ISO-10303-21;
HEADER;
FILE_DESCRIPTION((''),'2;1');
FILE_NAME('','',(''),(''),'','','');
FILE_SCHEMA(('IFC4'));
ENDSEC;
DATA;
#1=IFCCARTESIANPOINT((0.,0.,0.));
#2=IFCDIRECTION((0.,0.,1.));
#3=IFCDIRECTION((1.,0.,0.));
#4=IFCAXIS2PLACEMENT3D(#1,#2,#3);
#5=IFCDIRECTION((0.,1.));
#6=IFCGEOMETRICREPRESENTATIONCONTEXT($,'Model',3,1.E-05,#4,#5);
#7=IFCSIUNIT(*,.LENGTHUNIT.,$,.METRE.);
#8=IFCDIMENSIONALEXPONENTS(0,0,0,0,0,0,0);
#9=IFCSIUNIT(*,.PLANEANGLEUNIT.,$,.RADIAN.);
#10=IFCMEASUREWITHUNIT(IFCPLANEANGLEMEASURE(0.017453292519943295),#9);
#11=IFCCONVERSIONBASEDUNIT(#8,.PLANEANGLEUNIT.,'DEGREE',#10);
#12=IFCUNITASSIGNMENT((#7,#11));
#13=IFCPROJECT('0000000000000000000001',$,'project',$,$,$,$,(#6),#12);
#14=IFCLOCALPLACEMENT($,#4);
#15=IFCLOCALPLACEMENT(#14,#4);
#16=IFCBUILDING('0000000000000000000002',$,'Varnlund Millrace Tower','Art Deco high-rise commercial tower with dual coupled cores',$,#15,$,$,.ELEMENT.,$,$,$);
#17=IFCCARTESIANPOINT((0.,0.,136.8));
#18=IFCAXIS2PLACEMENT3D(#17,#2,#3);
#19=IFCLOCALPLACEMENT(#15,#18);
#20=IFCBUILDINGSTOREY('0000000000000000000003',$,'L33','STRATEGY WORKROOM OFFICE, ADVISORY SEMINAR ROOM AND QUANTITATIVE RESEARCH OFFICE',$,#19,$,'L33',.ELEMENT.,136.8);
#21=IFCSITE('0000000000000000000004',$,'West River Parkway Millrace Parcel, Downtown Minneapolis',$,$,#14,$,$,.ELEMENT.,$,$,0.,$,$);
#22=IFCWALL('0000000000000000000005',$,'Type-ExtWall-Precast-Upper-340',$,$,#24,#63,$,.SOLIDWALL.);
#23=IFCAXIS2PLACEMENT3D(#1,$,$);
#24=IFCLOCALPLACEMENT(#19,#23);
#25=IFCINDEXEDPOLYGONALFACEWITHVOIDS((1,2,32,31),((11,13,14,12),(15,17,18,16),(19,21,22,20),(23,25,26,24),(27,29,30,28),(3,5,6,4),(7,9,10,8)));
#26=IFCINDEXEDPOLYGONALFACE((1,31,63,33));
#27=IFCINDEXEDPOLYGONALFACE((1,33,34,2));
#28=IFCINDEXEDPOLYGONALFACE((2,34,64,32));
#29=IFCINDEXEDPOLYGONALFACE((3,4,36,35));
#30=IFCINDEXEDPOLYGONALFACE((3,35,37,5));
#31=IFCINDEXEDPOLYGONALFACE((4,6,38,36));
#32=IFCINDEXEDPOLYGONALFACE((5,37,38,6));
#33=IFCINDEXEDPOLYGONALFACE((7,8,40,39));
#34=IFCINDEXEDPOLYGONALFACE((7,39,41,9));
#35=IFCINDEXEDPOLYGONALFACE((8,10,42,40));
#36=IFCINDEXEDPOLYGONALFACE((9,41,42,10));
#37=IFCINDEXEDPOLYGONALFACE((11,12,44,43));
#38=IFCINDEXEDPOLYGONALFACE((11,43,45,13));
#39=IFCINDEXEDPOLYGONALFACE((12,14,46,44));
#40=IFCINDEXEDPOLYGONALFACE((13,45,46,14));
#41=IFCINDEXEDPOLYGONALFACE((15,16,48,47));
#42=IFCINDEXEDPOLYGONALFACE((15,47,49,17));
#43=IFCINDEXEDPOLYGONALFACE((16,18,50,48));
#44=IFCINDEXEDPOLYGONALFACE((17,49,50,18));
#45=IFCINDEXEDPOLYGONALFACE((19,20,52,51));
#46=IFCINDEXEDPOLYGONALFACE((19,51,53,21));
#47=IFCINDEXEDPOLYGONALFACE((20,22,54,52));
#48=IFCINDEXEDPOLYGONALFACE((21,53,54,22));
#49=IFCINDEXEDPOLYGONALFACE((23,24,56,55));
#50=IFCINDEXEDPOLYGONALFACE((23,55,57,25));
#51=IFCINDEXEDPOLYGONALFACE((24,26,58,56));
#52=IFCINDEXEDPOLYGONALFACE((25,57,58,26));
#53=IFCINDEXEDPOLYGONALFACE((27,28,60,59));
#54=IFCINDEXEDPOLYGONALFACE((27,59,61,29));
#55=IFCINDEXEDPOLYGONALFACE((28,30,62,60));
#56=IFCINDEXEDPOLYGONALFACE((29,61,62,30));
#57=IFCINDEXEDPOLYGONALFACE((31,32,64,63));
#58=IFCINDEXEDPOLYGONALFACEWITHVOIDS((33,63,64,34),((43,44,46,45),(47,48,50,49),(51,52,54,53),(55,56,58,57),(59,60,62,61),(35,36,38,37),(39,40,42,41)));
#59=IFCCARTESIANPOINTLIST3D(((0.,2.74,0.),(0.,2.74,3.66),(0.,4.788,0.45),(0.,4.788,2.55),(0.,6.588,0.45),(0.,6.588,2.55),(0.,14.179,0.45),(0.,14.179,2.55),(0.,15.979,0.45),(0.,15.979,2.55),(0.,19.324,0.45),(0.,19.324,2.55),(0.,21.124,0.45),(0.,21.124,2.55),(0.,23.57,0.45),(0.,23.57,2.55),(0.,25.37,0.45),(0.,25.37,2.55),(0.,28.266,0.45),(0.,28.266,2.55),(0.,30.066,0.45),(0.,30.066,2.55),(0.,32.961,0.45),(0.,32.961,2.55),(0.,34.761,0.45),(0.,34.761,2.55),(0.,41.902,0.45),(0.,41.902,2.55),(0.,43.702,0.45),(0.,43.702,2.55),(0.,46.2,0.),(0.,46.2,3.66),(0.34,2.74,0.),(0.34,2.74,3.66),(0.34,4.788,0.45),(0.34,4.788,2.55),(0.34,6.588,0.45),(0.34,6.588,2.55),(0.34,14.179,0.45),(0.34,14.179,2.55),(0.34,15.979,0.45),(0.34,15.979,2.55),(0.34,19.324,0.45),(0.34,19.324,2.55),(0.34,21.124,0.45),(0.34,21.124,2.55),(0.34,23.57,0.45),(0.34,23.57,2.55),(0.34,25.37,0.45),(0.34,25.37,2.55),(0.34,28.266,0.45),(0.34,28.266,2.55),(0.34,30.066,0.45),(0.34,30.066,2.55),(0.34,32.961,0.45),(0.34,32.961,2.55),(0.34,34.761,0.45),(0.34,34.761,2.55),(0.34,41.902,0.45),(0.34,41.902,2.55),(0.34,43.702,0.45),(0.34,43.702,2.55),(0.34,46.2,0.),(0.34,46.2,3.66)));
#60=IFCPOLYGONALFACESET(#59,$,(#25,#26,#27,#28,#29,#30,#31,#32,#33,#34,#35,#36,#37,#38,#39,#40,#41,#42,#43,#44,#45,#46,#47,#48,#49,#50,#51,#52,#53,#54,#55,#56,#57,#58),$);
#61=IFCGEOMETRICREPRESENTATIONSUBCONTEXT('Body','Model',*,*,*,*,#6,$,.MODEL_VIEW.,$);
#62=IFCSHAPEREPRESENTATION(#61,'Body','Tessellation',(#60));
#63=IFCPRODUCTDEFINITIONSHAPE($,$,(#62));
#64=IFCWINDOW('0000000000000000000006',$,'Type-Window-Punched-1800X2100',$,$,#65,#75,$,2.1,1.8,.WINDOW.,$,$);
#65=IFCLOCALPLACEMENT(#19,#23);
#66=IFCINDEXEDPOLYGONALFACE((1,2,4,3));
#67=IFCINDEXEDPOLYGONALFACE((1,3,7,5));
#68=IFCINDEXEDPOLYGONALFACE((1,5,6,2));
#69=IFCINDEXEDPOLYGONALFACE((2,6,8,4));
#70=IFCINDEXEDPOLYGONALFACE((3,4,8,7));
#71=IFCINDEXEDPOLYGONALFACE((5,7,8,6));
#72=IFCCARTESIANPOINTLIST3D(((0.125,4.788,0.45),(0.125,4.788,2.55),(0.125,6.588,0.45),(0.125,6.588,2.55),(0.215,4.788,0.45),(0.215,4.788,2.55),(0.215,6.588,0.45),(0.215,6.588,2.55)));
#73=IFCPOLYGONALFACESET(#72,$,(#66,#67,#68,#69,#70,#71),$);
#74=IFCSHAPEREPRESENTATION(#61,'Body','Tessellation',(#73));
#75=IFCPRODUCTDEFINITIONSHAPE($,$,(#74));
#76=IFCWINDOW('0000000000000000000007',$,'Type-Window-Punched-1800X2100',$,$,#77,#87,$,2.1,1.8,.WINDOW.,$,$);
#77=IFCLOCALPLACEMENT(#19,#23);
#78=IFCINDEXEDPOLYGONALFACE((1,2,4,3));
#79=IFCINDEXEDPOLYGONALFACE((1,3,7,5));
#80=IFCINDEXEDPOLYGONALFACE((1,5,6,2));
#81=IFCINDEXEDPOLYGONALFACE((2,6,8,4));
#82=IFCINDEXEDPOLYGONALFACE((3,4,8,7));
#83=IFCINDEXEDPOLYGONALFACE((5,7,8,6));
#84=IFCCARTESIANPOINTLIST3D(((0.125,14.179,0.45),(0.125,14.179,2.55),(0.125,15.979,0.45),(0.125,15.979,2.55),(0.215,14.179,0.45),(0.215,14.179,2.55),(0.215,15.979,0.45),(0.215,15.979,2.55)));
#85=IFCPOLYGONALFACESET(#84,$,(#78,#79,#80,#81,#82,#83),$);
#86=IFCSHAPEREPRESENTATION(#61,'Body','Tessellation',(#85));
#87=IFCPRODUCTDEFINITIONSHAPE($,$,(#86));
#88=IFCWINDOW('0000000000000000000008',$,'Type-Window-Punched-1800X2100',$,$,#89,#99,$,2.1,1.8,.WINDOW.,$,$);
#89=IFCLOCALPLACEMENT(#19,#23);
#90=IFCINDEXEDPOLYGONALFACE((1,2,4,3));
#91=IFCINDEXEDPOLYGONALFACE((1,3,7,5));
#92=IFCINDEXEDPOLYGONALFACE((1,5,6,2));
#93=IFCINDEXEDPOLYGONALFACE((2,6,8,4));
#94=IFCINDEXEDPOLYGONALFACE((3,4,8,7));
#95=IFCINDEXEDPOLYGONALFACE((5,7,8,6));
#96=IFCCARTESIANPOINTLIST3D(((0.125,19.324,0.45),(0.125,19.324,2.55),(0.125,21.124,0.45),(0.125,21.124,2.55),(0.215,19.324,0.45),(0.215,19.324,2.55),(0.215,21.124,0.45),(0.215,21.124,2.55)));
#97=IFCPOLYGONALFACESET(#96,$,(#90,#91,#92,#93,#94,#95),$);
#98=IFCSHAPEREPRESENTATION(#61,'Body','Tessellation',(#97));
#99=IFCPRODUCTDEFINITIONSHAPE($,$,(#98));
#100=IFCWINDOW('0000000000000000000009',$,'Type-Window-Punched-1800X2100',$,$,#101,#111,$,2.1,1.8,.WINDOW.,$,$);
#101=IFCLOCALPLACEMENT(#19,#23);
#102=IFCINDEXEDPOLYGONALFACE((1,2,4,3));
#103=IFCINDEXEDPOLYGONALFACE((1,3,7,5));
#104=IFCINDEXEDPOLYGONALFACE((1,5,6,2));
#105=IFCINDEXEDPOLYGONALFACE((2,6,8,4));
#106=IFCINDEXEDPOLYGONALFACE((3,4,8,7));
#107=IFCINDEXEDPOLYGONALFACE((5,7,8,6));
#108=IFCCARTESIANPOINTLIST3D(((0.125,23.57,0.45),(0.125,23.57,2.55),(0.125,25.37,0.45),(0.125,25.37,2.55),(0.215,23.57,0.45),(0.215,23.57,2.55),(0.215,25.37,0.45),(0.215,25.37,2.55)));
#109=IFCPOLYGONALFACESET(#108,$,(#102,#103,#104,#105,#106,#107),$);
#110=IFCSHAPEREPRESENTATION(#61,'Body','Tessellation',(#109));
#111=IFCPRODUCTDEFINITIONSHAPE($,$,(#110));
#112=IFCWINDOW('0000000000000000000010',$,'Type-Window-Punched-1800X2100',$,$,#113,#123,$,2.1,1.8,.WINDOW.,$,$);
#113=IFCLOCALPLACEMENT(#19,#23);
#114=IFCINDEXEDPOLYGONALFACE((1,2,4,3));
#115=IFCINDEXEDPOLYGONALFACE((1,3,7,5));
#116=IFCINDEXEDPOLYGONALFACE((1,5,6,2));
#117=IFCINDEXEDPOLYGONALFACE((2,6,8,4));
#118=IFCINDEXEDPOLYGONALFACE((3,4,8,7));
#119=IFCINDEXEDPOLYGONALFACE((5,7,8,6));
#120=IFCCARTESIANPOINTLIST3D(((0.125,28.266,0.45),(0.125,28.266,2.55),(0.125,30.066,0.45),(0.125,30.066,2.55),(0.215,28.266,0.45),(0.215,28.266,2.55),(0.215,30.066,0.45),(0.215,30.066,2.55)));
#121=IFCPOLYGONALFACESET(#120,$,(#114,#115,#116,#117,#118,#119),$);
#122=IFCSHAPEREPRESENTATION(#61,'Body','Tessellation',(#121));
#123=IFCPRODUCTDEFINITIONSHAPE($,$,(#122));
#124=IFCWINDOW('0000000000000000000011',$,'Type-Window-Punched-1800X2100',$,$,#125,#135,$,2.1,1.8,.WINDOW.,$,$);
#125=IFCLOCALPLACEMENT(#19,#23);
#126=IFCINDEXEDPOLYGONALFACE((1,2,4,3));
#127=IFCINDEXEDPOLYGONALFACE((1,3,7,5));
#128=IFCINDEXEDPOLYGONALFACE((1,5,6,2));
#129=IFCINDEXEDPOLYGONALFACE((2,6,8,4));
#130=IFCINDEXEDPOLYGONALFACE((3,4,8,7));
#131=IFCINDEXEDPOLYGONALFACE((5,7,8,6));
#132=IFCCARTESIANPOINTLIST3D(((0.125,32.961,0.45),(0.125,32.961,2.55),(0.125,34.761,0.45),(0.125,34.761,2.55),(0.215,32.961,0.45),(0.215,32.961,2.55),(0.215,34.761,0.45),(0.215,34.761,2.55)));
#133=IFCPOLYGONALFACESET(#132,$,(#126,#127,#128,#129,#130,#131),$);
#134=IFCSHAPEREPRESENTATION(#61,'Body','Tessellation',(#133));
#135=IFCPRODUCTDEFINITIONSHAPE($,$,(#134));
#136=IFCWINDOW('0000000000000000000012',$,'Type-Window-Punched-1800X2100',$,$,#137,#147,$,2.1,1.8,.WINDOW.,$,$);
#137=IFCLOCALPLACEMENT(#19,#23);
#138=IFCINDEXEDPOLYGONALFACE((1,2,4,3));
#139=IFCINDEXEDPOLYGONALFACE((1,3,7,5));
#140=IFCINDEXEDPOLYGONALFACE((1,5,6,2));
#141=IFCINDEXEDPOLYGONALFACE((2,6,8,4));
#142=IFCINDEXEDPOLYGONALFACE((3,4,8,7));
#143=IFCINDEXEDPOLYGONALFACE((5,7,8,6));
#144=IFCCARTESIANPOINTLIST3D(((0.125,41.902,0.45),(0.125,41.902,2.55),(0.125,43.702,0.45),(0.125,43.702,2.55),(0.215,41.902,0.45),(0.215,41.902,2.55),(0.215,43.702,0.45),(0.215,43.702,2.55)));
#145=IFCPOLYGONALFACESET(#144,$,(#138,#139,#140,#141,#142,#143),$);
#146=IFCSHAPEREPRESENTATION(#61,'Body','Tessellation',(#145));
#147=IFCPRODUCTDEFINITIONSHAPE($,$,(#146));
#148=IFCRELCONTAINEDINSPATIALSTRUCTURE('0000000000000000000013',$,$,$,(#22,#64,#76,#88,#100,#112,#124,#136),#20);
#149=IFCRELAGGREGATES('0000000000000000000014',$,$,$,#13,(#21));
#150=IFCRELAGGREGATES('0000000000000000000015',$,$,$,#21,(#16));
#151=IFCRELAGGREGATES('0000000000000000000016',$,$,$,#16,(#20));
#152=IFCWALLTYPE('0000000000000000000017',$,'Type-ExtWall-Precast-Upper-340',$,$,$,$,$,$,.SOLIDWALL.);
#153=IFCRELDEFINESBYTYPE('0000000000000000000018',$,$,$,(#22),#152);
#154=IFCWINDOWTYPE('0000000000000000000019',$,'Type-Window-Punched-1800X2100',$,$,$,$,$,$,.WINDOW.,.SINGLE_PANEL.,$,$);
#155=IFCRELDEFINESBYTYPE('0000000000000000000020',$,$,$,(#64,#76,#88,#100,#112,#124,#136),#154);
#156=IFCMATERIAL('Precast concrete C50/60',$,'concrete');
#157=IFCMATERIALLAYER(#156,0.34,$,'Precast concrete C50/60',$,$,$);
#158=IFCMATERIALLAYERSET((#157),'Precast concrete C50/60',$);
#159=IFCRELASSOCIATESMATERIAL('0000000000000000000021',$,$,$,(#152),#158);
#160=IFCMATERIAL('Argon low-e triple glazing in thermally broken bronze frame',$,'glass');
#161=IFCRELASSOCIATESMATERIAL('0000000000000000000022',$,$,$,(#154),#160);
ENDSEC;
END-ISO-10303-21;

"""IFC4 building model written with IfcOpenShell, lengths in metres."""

from ifc_helpers import new_model, entity, si_unit, converted_unit, direction, frame, origin_with_axes, origin_2d_with_axis, place, context, subcontext, project, spatial, polyline, rectangle, outline, extrude, material, layer, layer_set, type_object, element, fill, save


model = new_model("IFC4")

# Units and contexts
model_context = context("Model", 3, precision=1e-05, world=origin_with_axes(), true_north=direction((0.0, 1.0)))
body_context = subcontext(model_context, "Body", "Model", "MODEL_VIEW")
ifc_project = project(units=[si_unit("LENGTHUNIT", "METRE"), converted_unit("PLANEANGLEUNIT", "DEGREE", entity("IfcPlaneAngleMeasure", 0.017453292519943295), si_unit("PLANEANGLEUNIT", "RADIAN"), dimensions=[0, 0, 0, 0, 0, 0, 0])], contexts=[model_context])

# Site, building, storey
site_placement = place(None, origin_with_axes())
site = spatial("IfcSite", under=ifc_project, at=site_placement, Name="West River Parkway Millrace Parcel, Downtown Minneapolis", CompositionType="ELEMENT", RefElevation=0.0)
building_placement = place(site_placement, origin_with_axes())
building = spatial("IfcBuilding", under=site, at=building_placement, Name="Varnlund Millrace Tower", Description="Art Deco high-rise commercial tower with dual coupled cores", CompositionType="ELEMENT")
storey_placement = place(building_placement, frame((0.0, 0.0, 136.8), z_axis=(0.0, 0.0, 1.0), x_axis=(1.0, 0.0, 0.0)))
storey = spatial("IfcBuildingStorey", under=building, at=storey_placement, Name="L33", Description="STRATEGY WORKROOM OFFICE, ADVISORY SEMINAR ROOM AND QUANTITATIVE RESEARCH OFFICE", LongName="L33", CompositionType="ELEMENT", Elevation=136.8)

# Shared definitions
ifc_material_1 = material(Name="Precast concrete C50/60", Category="concrete")
ifc_layer_1 = layer(ifc_material_1, 0.34, Name="Precast concrete C50/60")
ifc_layer_set_1 = layer_set([ifc_layer_1], Name="Precast concrete C50/60")
wall_type = type_object("IfcWallType", Name="Type-ExtWall-Precast-Upper-340", PredefinedType="SOLIDWALL", material=ifc_layer_set_1)

# Wall, openings, windows
wall_1_placement = place(storey_placement, frame((0.17, 2.74, 0.0), z_axis=(0.0, 0.0, 1.0), x_axis=(0.0, 1.0, 0.0)))
wall_1 = element("IfcWall", 1, at=wall_1_placement, inside=storey, type_object=wall_type, Name="Type-ExtWall-Precast-Upper-340", PredefinedType="SOLIDWALL", context=body_context, shape_type="SweptSolid", body=[
    extrude(outline(polyline([(0.0, -0.17), (43.46, -0.17), (43.46, 0.17), (0.0, 0.17), (0.0, -0.17)])), origin_with_axes(), (0.0, 0.0, 1.0), 3.66),
])
opening_1_placement = place(wall_1_placement, frame((2.948, 0.0, 0.45), z_axis=(0.0, 0.0, 1.0), x_axis=(1.0, 0.0, 0.0)))
opening_1 = element("IfcOpeningElement", 2, at=opening_1_placement, cuts=wall_1, PredefinedType="OPENING", context=body_context, shape_type="SweptSolid", body=[
    extrude(rectangle(XDim=1.8, YDim=0.36, at=origin_2d_with_axis()), origin_with_axes(), (0.0, 0.0, 1.0), 2.1),
])
opening_2_placement = place(wall_1_placement, frame((12.339, 0.0, 0.45), z_axis=(0.0, 0.0, 1.0), x_axis=(1.0, 0.0, 0.0)))
opening_2 = element("IfcOpeningElement", 3, at=opening_2_placement, cuts=wall_1, PredefinedType="OPENING", context=body_context, shape_type="SweptSolid", body=[
    extrude(rectangle(XDim=1.8, YDim=0.36, at=origin_2d_with_axis()), origin_with_axes(), (0.0, 0.0, 1.0), 2.1),
])
opening_3_placement = place(wall_1_placement, frame((17.484, 0.0, 0.45), z_axis=(0.0, 0.0, 1.0), x_axis=(1.0, 0.0, 0.0)))
opening_3 = element("IfcOpeningElement", 4, at=opening_3_placement, cuts=wall_1, PredefinedType="OPENING", context=body_context, shape_type="SweptSolid", body=[
    extrude(rectangle(XDim=1.8, YDim=0.36, at=origin_2d_with_axis()), origin_with_axes(), (0.0, 0.0, 1.0), 2.1),
])
opening_4_placement = place(wall_1_placement, frame((21.73, 0.0, 0.45), z_axis=(0.0, 0.0, 1.0), x_axis=(1.0, 0.0, 0.0)))
opening_4 = element("IfcOpeningElement", 5, at=opening_4_placement, cuts=wall_1, PredefinedType="OPENING", context=body_context, shape_type="SweptSolid", body=[
    extrude(rectangle(XDim=1.8, YDim=0.36, at=origin_2d_with_axis()), origin_with_axes(), (0.0, 0.0, 1.0), 2.1),
])
opening_5_placement = place(wall_1_placement, frame((26.426, 0.0, 0.45), z_axis=(0.0, 0.0, 1.0), x_axis=(1.0, 0.0, 0.0)))
opening_5 = element("IfcOpeningElement", 6, at=opening_5_placement, cuts=wall_1, PredefinedType="OPENING", context=body_context, shape_type="SweptSolid", body=[
    extrude(rectangle(XDim=1.8, YDim=0.36, at=origin_2d_with_axis()), origin_with_axes(), (0.0, 0.0, 1.0), 2.1),
])
opening_6_placement = place(wall_1_placement, frame((31.121, 0.0, 0.45), z_axis=(0.0, 0.0, 1.0), x_axis=(1.0, 0.0, 0.0)))
opening_6 = element("IfcOpeningElement", 7, at=opening_6_placement, cuts=wall_1, PredefinedType="OPENING", context=body_context, shape_type="SweptSolid", body=[
    extrude(rectangle(XDim=1.8, YDim=0.36, at=origin_2d_with_axis()), origin_with_axes(), (0.0, 0.0, 1.0), 2.1),
])
opening_7_placement = place(wall_1_placement, frame((40.062, 0.0, 0.45), z_axis=(0.0, 0.0, 1.0), x_axis=(1.0, 0.0, 0.0)))
opening_7 = element("IfcOpeningElement", 8, at=opening_7_placement, cuts=wall_1, PredefinedType="OPENING", context=body_context, shape_type="SweptSolid", body=[
    extrude(rectangle(XDim=1.8, YDim=0.36, at=origin_2d_with_axis()), origin_with_axes(), (0.0, 0.0, 1.0), 2.1),
])
ifc_material_2 = material(Name="Argon low-e triple glazing in thermally broken bronze frame", Category="glass")
window_type = type_object("IfcWindowType", Name="Type-Window-Punched-1800X2100", PartitioningType="SINGLE_PANEL", PredefinedType="WINDOW", material=ifc_material_2)
window_1_placement = place(wall_1_placement, frame((2.948, 0.0, 0.45), z_axis=(0.0, 0.0, 1.0), x_axis=(1.0, 0.0, 0.0)))
window_1 = element("IfcWindow", 9, at=window_1_placement, inside=storey, type_object=window_type, Name="Type-Window-Punched-1800X2100", OverallHeight=2.1, OverallWidth=1.8, PredefinedType="WINDOW", context=body_context, shape_type="SweptSolid", body=[
    extrude(rectangle(XDim=1.8, YDim=0.09, at=origin_2d_with_axis()), origin_with_axes(), (0.0, 0.0, 1.0), 2.1),
])
fill(opening_1, window_1)
window_2_placement = place(wall_1_placement, frame((12.339, 0.0, 0.45), z_axis=(0.0, 0.0, 1.0), x_axis=(1.0, 0.0, 0.0)))
window_2 = element("IfcWindow", 10, at=window_2_placement, inside=storey, type_object=window_type, Name="Type-Window-Punched-1800X2100", OverallHeight=2.1, OverallWidth=1.8, PredefinedType="WINDOW", context=body_context, shape_type="SweptSolid", body=[
    extrude(rectangle(XDim=1.8, YDim=0.09, at=origin_2d_with_axis()), origin_with_axes(), (0.0, 0.0, 1.0), 2.1),
])
fill(opening_2, window_2)
window_3_placement = place(wall_1_placement, frame((17.484, 0.0, 0.45), z_axis=(0.0, 0.0, 1.0), x_axis=(1.0, 0.0, 0.0)))
window_3 = element("IfcWindow", 11, at=window_3_placement, inside=storey, type_object=window_type, Name="Type-Window-Punched-1800X2100", OverallHeight=2.1, OverallWidth=1.8, PredefinedType="WINDOW", context=body_context, shape_type="SweptSolid", body=[
    extrude(rectangle(XDim=1.8, YDim=0.09, at=origin_2d_with_axis()), origin_with_axes(), (0.0, 0.0, 1.0), 2.1),
])
fill(opening_3, window_3)
window_4_placement = place(wall_1_placement, frame((21.73, 0.0, 0.45), z_axis=(0.0, 0.0, 1.0), x_axis=(1.0, 0.0, 0.0)))
window_4 = element("IfcWindow", 12, at=window_4_placement, inside=storey, type_object=window_type, Name="Type-Window-Punched-1800X2100", OverallHeight=2.1, OverallWidth=1.8, PredefinedType="WINDOW", context=body_context, shape_type="SweptSolid", body=[
    extrude(rectangle(XDim=1.8, YDim=0.09, at=origin_2d_with_axis()), origin_with_axes(), (0.0, 0.0, 1.0), 2.1),
])
fill(opening_4, window_4)
window_5_placement = place(wall_1_placement, frame((26.426, 0.0, 0.45), z_axis=(0.0, 0.0, 1.0), x_axis=(1.0, 0.0, 0.0)))
window_5 = element("IfcWindow", 13, at=window_5_placement, inside=storey, type_object=window_type, Name="Type-Window-Punched-1800X2100", OverallHeight=2.1, OverallWidth=1.8, PredefinedType="WINDOW", context=body_context, shape_type="SweptSolid", body=[
    extrude(rectangle(XDim=1.8, YDim=0.09, at=origin_2d_with_axis()), origin_with_axes(), (0.0, 0.0, 1.0), 2.1),
])
fill(opening_5, window_5)
window_6_placement = place(wall_1_placement, frame((31.121, 0.0, 0.45), z_axis=(0.0, 0.0, 1.0), x_axis=(1.0, 0.0, 0.0)))
window_6 = element("IfcWindow", 14, at=window_6_placement, inside=storey, type_object=window_type, Name="Type-Window-Punched-1800X2100", OverallHeight=2.1, OverallWidth=1.8, PredefinedType="WINDOW", context=body_context, shape_type="SweptSolid", body=[
    extrude(rectangle(XDim=1.8, YDim=0.09, at=origin_2d_with_axis()), origin_with_axes(), (0.0, 0.0, 1.0), 2.1),
])
fill(opening_6, window_6)
window_7_placement = place(wall_1_placement, frame((40.062, 0.0, 0.45), z_axis=(0.0, 0.0, 1.0), x_axis=(1.0, 0.0, 0.0)))
window_7 = element("IfcWindow", 15, at=window_7_placement, inside=storey, type_object=window_type, Name="Type-Window-Punched-1800X2100", OverallHeight=2.1, OverallWidth=1.8, PredefinedType="WINDOW", context=body_context, shape_type="SweptSolid", body=[
    extrude(rectangle(XDim=1.8, YDim=0.09, at=origin_2d_with_axis()), origin_with_axes(), (0.0, 0.0, 1.0), 2.1),
])
fill(opening_7, window_7)

save(model, "model.ifc")
